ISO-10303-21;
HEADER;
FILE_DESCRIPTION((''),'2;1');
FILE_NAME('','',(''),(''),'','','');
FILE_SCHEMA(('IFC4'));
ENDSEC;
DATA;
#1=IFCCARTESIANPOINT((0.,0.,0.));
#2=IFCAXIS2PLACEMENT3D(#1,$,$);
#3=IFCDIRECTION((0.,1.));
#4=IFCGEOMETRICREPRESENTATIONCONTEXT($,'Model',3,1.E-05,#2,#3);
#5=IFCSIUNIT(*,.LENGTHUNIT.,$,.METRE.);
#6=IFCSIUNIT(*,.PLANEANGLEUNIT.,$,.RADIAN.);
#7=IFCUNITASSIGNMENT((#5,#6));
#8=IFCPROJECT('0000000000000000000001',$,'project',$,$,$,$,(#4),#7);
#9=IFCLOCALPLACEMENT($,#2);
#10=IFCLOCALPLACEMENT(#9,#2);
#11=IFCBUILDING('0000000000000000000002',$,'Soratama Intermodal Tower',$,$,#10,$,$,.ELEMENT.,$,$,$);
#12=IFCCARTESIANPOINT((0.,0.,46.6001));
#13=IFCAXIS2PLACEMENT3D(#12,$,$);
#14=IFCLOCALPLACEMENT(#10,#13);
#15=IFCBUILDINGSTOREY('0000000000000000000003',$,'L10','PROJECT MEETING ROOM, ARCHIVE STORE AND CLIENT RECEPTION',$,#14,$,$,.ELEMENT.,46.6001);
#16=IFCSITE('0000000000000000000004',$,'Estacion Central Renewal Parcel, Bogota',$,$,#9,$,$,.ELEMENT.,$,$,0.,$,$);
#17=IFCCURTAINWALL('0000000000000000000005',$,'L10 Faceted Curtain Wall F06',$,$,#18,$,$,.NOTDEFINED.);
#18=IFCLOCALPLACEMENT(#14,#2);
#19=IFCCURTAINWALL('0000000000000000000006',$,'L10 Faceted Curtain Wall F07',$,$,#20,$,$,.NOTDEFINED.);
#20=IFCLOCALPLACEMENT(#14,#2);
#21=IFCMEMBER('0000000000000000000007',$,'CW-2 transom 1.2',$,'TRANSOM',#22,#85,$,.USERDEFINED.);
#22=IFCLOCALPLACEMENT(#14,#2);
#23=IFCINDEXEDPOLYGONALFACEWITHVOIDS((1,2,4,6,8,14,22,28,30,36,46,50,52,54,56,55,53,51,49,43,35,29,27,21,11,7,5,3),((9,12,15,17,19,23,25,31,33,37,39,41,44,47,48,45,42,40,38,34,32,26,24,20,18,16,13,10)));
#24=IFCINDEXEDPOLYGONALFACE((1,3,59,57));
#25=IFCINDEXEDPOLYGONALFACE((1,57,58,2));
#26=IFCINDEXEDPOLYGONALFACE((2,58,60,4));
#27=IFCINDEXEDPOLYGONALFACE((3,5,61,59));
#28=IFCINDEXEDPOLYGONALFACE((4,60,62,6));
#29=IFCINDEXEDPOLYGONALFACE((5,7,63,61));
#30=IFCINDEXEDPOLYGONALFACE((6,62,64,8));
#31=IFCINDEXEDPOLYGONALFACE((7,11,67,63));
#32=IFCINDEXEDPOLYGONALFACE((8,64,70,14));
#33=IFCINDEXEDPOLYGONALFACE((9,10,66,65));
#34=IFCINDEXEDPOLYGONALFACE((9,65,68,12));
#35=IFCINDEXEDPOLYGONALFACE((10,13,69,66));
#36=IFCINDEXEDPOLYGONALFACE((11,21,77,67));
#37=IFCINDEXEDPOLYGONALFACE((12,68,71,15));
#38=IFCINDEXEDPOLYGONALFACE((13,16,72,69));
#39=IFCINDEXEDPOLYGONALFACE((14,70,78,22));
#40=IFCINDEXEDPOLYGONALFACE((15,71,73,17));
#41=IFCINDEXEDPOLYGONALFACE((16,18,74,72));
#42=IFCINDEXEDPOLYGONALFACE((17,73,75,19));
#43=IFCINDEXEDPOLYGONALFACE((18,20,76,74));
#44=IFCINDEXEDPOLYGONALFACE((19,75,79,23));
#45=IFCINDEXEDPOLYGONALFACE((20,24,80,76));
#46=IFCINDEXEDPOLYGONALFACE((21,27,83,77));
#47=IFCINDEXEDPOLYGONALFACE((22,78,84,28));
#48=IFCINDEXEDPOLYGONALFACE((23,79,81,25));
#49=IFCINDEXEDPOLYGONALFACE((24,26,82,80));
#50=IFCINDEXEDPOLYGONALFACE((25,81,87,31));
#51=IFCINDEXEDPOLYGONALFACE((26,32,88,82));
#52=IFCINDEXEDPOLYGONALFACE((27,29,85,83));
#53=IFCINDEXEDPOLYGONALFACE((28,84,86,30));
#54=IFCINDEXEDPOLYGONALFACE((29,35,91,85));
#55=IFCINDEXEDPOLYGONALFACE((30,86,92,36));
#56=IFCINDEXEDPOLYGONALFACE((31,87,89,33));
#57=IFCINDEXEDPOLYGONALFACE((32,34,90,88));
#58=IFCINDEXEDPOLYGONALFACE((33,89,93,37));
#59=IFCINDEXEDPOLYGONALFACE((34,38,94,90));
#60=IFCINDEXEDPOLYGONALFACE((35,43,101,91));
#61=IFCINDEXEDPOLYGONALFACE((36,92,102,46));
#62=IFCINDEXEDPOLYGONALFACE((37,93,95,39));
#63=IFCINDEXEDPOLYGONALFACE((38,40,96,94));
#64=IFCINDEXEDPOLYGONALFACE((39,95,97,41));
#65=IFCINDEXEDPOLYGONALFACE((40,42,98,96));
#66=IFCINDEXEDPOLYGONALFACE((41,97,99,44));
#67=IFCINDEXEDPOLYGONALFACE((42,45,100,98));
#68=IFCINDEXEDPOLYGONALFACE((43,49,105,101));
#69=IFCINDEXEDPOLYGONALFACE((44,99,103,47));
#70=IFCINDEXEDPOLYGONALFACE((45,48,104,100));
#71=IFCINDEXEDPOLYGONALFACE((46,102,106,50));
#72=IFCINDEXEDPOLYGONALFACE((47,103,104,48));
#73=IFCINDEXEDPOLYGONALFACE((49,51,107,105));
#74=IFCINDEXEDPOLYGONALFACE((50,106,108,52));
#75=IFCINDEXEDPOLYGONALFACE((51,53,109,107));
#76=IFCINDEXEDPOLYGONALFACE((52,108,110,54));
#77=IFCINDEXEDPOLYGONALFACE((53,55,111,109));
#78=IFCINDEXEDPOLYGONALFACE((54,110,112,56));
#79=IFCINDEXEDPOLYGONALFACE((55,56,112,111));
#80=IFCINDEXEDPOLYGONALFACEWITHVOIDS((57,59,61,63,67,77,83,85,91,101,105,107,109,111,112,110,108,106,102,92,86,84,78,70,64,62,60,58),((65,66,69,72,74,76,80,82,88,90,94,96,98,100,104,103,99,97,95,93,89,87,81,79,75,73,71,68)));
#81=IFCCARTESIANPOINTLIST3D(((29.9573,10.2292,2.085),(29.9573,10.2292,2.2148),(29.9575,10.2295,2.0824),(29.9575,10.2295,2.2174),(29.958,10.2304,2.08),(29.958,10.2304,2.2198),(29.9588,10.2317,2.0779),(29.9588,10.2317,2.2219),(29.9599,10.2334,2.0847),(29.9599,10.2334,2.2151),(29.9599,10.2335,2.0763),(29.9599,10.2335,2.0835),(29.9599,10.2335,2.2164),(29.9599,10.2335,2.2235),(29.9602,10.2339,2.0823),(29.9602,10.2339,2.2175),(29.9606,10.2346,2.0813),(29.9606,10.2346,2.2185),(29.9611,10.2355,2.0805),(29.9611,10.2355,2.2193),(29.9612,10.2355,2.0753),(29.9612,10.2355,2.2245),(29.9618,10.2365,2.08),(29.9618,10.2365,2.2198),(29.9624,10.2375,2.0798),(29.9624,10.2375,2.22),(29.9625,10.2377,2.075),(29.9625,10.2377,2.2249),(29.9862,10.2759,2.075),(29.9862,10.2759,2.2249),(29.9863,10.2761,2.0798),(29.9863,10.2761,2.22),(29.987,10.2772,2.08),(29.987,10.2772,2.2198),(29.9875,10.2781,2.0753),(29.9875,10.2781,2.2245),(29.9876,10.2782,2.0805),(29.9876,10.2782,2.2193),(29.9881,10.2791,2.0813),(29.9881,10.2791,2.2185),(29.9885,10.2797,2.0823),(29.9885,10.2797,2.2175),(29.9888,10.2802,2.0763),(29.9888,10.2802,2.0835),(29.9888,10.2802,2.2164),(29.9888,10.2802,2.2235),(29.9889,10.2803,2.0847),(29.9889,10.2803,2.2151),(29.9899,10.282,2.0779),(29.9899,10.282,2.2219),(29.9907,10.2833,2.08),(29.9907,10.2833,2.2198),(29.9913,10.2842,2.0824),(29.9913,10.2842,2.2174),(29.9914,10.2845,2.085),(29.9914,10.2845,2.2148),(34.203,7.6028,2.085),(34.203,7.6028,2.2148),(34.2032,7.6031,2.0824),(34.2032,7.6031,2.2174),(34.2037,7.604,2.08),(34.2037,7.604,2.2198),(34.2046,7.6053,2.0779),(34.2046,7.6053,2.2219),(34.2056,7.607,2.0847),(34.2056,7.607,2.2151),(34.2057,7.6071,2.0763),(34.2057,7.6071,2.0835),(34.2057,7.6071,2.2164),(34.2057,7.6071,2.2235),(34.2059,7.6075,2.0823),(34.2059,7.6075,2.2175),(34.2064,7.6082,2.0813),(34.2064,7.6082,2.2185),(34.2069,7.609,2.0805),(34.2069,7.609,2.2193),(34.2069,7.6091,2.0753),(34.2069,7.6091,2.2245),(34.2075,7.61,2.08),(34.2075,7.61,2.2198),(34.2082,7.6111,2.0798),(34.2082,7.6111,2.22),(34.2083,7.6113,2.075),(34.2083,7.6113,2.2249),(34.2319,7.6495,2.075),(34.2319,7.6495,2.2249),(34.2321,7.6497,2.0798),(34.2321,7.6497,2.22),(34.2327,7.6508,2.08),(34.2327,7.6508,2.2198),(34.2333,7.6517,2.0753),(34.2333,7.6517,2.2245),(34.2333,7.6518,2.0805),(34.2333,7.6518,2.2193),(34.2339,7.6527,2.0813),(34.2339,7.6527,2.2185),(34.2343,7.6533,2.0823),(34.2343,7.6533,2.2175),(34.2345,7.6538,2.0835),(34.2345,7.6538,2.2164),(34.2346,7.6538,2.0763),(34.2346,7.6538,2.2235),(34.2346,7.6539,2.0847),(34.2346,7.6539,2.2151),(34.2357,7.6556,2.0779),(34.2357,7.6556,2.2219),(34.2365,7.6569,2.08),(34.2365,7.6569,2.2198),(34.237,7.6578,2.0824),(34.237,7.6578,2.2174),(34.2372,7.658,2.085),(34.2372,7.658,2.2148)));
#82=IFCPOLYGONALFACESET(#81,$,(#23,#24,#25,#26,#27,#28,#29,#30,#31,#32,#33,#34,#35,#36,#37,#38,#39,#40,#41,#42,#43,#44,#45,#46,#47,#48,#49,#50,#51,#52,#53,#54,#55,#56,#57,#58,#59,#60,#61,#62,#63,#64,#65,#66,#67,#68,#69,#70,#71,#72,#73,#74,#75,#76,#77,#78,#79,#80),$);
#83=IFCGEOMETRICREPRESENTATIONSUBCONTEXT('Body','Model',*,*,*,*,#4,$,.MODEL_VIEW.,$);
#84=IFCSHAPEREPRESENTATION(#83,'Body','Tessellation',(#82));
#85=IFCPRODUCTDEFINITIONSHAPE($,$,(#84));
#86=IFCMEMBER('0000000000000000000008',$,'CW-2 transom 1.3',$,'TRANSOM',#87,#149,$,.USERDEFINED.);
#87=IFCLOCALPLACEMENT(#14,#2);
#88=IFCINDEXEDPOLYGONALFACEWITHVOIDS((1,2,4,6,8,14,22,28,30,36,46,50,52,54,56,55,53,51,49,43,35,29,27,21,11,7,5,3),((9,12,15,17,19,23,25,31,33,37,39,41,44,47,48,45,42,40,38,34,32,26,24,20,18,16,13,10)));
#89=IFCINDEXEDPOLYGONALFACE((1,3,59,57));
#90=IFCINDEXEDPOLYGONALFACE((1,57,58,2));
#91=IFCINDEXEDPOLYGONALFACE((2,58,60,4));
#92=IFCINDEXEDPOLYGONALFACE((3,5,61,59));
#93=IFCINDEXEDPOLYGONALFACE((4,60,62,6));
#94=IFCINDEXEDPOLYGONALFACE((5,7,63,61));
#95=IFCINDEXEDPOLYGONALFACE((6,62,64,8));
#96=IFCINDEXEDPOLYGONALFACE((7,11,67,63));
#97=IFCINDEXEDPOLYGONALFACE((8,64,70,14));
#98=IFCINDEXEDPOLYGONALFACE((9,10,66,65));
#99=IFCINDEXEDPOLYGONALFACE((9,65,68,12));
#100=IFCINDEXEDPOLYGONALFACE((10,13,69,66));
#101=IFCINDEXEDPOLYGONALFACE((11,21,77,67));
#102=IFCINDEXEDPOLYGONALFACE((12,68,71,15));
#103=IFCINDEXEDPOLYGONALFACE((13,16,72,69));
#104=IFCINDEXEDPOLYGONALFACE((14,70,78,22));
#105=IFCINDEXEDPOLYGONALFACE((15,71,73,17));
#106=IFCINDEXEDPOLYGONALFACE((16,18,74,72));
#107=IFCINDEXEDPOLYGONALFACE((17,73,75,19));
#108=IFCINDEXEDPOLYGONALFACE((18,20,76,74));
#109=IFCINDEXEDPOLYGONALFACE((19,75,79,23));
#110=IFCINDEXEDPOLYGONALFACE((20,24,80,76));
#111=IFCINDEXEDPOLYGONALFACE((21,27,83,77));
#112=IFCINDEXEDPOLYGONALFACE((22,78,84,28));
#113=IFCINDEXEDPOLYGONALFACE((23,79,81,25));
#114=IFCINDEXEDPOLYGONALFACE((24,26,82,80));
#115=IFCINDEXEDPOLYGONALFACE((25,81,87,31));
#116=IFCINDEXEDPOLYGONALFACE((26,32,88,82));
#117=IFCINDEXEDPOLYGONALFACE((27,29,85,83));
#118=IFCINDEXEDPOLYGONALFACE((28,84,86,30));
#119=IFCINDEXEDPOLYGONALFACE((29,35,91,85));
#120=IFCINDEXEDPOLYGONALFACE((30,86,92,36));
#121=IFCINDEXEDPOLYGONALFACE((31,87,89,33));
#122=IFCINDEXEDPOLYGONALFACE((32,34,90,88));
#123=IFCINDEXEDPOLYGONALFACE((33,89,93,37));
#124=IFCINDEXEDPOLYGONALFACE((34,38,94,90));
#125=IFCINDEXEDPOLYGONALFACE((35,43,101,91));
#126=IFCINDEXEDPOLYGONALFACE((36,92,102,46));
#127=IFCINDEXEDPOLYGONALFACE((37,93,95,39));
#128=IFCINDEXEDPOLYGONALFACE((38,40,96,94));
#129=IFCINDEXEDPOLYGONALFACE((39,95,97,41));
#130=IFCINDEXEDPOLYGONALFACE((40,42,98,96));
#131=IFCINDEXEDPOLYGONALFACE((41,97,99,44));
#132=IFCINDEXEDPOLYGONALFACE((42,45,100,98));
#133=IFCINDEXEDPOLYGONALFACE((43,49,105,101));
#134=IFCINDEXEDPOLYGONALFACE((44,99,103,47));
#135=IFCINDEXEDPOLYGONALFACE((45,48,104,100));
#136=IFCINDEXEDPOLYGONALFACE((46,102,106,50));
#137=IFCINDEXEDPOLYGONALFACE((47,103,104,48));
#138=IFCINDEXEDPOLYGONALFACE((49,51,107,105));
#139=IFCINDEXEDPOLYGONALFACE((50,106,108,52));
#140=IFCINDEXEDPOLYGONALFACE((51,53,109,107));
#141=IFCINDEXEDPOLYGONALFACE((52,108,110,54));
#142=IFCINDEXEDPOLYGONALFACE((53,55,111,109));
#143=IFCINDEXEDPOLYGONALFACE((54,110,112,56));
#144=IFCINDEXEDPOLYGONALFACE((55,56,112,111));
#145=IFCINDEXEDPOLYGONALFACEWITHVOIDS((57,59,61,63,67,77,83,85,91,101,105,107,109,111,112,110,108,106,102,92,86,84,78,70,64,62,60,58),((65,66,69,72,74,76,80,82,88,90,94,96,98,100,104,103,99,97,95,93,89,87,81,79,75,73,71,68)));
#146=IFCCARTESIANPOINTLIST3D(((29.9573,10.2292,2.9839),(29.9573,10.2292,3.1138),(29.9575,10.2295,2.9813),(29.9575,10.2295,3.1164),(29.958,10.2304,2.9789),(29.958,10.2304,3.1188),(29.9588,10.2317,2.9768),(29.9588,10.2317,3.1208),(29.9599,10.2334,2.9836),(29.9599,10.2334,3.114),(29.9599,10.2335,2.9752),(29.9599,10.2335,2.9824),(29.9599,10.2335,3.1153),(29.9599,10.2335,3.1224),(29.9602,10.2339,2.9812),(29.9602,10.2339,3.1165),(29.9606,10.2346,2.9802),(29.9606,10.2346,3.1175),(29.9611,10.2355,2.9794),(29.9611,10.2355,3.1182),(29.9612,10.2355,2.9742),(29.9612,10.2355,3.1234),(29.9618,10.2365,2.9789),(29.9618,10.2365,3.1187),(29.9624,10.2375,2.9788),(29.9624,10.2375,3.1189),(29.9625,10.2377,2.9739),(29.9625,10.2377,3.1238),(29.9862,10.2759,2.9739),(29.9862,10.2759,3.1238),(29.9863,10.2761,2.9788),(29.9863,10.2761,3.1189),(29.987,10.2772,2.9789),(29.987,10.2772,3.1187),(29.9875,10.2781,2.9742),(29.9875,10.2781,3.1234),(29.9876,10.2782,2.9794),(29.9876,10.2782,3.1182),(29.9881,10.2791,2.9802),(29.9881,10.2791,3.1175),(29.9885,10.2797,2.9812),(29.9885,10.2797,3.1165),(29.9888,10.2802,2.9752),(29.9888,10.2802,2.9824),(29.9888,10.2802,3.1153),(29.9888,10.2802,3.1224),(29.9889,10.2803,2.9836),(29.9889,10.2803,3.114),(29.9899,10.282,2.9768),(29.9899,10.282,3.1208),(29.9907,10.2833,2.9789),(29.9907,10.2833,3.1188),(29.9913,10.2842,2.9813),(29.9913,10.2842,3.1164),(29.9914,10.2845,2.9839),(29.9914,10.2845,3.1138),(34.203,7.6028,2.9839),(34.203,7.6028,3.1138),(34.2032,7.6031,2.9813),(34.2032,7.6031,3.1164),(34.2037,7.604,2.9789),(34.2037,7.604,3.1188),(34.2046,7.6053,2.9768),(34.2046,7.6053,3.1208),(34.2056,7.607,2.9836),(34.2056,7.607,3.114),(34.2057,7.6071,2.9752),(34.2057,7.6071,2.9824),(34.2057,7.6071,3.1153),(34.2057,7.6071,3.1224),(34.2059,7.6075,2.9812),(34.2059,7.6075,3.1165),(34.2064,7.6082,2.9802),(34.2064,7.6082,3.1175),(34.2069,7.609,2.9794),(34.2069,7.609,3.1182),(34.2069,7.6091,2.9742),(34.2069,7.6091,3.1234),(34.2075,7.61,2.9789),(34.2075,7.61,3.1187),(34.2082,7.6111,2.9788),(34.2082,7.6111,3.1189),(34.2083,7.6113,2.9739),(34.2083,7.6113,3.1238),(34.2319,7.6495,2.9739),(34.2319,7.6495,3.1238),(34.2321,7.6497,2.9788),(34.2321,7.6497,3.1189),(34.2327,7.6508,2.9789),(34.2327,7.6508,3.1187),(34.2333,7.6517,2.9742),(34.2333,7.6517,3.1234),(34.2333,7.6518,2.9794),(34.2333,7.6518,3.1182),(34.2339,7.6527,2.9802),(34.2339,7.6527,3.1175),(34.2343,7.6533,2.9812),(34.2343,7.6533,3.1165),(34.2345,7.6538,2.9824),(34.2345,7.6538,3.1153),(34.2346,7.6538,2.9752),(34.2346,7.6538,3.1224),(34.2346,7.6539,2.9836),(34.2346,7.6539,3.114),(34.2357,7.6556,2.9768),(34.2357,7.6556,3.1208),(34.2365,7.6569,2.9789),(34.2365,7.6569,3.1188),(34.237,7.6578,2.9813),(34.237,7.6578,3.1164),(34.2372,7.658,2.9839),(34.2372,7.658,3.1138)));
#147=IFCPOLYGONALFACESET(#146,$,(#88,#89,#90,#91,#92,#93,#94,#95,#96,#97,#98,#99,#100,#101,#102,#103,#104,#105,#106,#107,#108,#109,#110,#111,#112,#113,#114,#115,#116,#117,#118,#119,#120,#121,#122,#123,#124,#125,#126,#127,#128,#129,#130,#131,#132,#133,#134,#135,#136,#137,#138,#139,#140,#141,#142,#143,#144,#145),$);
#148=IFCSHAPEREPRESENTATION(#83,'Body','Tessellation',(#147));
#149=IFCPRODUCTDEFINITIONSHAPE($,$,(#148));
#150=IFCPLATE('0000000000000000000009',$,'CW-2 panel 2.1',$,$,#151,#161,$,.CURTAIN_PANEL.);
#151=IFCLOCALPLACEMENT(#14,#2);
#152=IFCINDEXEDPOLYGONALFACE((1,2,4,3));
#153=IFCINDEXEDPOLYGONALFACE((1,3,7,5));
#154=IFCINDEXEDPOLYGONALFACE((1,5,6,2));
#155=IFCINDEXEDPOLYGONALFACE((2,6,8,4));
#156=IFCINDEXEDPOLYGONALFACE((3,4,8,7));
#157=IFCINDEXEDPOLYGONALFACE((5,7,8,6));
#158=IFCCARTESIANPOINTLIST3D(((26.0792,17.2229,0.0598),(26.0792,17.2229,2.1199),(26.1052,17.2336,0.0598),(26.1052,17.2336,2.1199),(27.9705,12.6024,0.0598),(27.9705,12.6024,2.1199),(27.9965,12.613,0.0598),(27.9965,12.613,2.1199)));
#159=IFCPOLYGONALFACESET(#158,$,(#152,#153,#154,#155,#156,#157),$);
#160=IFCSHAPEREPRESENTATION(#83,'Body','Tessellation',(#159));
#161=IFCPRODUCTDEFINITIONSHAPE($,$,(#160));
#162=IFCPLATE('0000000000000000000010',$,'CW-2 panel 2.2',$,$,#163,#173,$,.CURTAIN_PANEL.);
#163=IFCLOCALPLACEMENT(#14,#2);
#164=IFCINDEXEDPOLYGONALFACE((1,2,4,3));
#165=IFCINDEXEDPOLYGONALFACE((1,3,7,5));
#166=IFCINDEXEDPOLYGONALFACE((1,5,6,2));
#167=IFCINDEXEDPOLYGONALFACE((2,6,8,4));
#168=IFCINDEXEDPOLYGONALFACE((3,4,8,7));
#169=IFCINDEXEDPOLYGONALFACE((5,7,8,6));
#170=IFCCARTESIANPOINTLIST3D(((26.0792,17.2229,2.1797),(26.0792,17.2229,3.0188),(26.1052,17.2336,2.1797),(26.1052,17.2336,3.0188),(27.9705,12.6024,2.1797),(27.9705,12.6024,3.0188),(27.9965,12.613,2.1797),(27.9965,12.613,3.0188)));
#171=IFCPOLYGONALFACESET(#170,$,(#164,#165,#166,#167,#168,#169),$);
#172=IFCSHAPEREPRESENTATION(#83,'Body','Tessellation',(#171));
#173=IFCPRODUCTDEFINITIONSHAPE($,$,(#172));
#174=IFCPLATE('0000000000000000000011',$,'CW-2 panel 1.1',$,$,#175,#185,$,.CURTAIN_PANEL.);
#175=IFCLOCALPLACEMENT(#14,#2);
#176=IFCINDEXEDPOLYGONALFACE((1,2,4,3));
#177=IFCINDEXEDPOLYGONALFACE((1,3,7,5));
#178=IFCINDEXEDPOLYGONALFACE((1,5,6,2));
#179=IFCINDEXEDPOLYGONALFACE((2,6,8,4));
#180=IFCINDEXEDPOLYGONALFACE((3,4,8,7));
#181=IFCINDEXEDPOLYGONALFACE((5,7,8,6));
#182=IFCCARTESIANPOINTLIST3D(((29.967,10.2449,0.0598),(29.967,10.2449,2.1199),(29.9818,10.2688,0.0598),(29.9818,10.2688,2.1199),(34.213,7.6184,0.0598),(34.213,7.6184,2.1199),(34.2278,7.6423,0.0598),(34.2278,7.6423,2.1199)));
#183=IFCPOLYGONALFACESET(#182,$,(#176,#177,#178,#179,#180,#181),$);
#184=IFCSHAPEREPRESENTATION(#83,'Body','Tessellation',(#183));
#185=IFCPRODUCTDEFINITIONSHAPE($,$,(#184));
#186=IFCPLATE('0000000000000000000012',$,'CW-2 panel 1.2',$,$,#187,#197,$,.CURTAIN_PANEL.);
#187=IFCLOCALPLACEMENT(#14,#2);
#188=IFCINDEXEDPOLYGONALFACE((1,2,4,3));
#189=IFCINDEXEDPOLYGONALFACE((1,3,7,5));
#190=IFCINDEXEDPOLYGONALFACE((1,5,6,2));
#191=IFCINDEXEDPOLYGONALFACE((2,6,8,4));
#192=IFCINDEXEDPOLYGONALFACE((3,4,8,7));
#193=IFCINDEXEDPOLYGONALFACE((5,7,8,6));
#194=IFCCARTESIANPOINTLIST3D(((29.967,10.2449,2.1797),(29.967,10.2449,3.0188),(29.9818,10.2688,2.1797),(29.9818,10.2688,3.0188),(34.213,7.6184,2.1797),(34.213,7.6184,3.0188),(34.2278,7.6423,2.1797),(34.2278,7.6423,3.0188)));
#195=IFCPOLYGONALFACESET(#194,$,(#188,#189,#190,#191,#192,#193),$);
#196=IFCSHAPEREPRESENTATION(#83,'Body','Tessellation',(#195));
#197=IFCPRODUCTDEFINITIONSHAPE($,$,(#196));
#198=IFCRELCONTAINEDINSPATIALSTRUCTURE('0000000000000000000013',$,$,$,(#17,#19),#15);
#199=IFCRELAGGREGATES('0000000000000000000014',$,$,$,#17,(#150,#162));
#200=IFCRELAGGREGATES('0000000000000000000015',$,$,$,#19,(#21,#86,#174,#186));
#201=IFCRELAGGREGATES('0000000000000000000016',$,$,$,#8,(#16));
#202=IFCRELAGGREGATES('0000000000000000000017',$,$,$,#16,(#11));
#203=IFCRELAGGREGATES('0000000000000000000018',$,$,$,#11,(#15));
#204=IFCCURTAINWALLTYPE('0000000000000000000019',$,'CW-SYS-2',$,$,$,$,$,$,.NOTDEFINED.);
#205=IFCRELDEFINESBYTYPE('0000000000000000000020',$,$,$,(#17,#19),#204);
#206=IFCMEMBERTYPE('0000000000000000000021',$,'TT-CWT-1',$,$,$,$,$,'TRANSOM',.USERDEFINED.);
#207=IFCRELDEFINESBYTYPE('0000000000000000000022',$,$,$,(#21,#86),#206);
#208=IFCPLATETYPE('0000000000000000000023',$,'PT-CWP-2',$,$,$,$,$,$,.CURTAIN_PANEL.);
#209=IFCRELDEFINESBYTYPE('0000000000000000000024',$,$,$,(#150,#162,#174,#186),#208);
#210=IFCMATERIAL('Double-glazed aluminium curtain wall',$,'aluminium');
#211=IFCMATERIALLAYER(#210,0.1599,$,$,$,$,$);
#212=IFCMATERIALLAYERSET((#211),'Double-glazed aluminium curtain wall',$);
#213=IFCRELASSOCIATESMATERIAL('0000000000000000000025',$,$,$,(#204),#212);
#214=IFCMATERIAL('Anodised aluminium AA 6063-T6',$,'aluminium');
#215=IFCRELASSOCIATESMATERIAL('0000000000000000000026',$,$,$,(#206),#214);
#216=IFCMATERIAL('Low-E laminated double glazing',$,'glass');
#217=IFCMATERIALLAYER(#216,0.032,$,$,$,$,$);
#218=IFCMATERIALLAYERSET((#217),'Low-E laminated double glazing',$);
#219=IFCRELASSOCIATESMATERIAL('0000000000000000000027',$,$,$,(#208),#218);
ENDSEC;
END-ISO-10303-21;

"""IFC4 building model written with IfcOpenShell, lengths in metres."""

from ifc_helpers import new_model, si_unit, direction, frame, origin, origin_2d, place, context, subcontext, project, spatial, rectangle, hollow_rectangle, extrude, material, layer, layer_set, material_profile, profile_set, type_object, element, aggregate, save


model = new_model("IFC4")

# Units and contexts
model_context = context("Model", 3, precision=1e-05, world=origin(), true_north=direction((0.0, 1.0)))
body_context = subcontext(model_context, "Body", "Model", "MODEL_VIEW")
ifc_project = project(units=[si_unit("LENGTHUNIT", "METRE"), si_unit("PLANEANGLEUNIT", "RADIAN")], contexts=[model_context])

# Site, building, storey
site_placement = place(None, origin())
site = spatial("IfcSite", under=ifc_project, at=site_placement, Name="Estacion Central Renewal Parcel, Bogota", CompositionType="ELEMENT", RefElevation=0.0)
building_placement = place(site_placement, origin())
building = spatial("IfcBuilding", under=site, at=building_placement, Name="Soratama Intermodal Tower", CompositionType="ELEMENT")
storey_placement = place(building_placement, frame((0.0, 0.0, 46.6001)))
storey = spatial("IfcBuildingStorey", under=building, at=storey_placement, Name="L10", Description="PROJECT MEETING ROOM, ARCHIVE STORE AND CLIENT RECEPTION", CompositionType="ELEMENT", Elevation=46.6001)

# Curtain walls
ifc_material_1 = material(Name="Double-glazed aluminium curtain wall", Category="aluminium")
ifc_layer_1 = layer(ifc_material_1, 0.1599)
ifc_layer_set_1 = layer_set([ifc_layer_1], Name="Double-glazed aluminium curtain wall")
curtain_wall_type = type_object("IfcCurtainWallType", Name="CW-SYS-2", PredefinedType="NOTDEFINED", material=ifc_layer_set_1)
curtain_wall_1_placement = place(storey_placement, origin())
curtain_wall_1 = element("IfcCurtainWall", 1, at=curtain_wall_1_placement, inside=storey, type_object=curtain_wall_type, Name="L10 Faceted Curtain Wall F06", PredefinedType="NOTDEFINED")
curtain_wall_2_placement = place(storey_placement, origin())
curtain_wall_2 = element("IfcCurtainWall", 2, at=curtain_wall_2_placement, inside=storey, type_object=curtain_wall_type, Name="L10 Faceted Curtain Wall F07", PredefinedType="NOTDEFINED")

# Members
ifc_material_2 = material(Name="Anodised aluminium AA 6063-T6", Category="aluminium")
ifc_material_profile_1 = material_profile(ifc_material_2, hollow_rectangle(XDim=0.0649, YDim=0.1499, WallThickness=0.0049, InnerFilletRadius=0.0049, OuterFilletRadius=0.01, at=origin_2d()), Name="CWT150X65X5")
ifc_profile_set_1 = profile_set([ifc_material_profile_1], Name="Anodised aluminium AA 6063-T6")
member_type_1 = type_object("IfcMemberType", Name="TT-CWT-1", ElementType="TRANSOM", PredefinedType="USERDEFINED", material=ifc_profile_set_1)
member_1_placement = place(storey_placement, frame((29.9744, 10.2568, 2.1499), z_axis=(0.850437, -0.526077, 0.0), x_axis=(0.526077, 0.850437, 0.0)))
member_1 = element("IfcMember", 3, at=member_1_placement, type_object=member_type_1, Name="CW-2 transom 1.2", ObjectType="TRANSOM", PredefinedType="USERDEFINED", context=body_context, shape_type="SweptSolid", body=[
    extrude(hollow_rectangle(XDim=0.0649, YDim=0.1499, WallThickness=0.0049, InnerFilletRadius=0.0049, OuterFilletRadius=0.01, at=origin_2d()), origin(), (0.0, 0.0, 1.0), 4.9924),
])
member_2_placement = place(storey_placement, frame((29.9744, 10.2568, 3.0488), z_axis=(0.850437, -0.526077, 0.0), x_axis=(0.526077, 0.850437, 0.0)))
member_2 = element("IfcMember", 4, at=member_2_placement, type_object=member_type_1, Name="CW-2 transom 1.3", ObjectType="TRANSOM", PredefinedType="USERDEFINED", context=body_context, shape_type="SweptSolid", body=[
    extrude(hollow_rectangle(XDim=0.0649, YDim=0.1499, WallThickness=0.0049, InnerFilletRadius=0.0049, OuterFilletRadius=0.01, at=origin_2d()), origin(), (0.0, 0.0, 1.0), 4.9924),
])

# Plates
ifc_material_3 = material(Name="Low-E laminated double glazing", Category="glass")
ifc_layer_2 = layer(ifc_material_3, 0.032)
ifc_layer_set_2 = layer_set([ifc_layer_2], Name="Low-E laminated double glazing")
plate_type = type_object("IfcPlateType", Name="PT-CWP-2", PredefinedType="CURTAIN_PANEL", material=ifc_layer_set_2)
plate_1_placement = place(storey_placement, frame((27.0378, 14.918, 0.0598), z_axis=(0.0, 0.0, 1.0), x_axis=(0.378813, -0.925473, 0.0)))
plate_1 = element("IfcPlate", 5, at=plate_1_placement, type_object=plate_type, Name="CW-2 panel 2.1", PredefinedType="CURTAIN_PANEL", context=body_context, shape_type="SweptSolid", body=[
    extrude(rectangle(XDim=4.9927, YDim=0.0281, at=origin_2d()), origin(), (0.0, 0.0, 1.0), 2.0601),
])
plate_2_placement = place(storey_placement, frame((27.0378, 14.918, 2.1797), z_axis=(0.0, 0.0, 1.0), x_axis=(0.378813, -0.925473, 0.0)))
plate_2 = element("IfcPlate", 6, at=plate_2_placement, type_object=plate_type, Name="CW-2 panel 2.2", PredefinedType="CURTAIN_PANEL", context=body_context, shape_type="SweptSolid", body=[
    extrude(rectangle(XDim=4.9927, YDim=0.0281, at=origin_2d()), origin(), (0.0, 0.0, 1.0), 0.8391),
])
aggregate(curtain_wall_1, [plate_1, plate_2])
plate_3_placement = place(storey_placement, frame((32.0974, 8.9436, 0.0598), z_axis=(0.0, 0.0, 1.0), x_axis=(0.850449, -0.526058, 0.0)))
plate_3 = element("IfcPlate", 7, at=plate_3_placement, type_object=plate_type, Name="CW-2 panel 1.1", PredefinedType="CURTAIN_PANEL", context=body_context, shape_type="SweptSolid", body=[
    extrude(rectangle(XDim=4.9927, YDim=0.0281, at=origin_2d()), origin(), (0.0, 0.0, 1.0), 2.0601),
])
plate_4_placement = place(storey_placement, frame((32.0974, 8.9436, 2.1797), z_axis=(0.0, 0.0, 1.0), x_axis=(0.850449, -0.526058, 0.0)))
plate_4 = element("IfcPlate", 8, at=plate_4_placement, type_object=plate_type, Name="CW-2 panel 1.2", PredefinedType="CURTAIN_PANEL", context=body_context, shape_type="SweptSolid", body=[
    extrude(rectangle(XDim=4.9927, YDim=0.0281, at=origin_2d()), origin(), (0.0, 0.0, 1.0), 0.8391),
])
aggregate(curtain_wall_2, [member_1, member_2, plate_3, plate_4])

save(model, "model.ifc")
